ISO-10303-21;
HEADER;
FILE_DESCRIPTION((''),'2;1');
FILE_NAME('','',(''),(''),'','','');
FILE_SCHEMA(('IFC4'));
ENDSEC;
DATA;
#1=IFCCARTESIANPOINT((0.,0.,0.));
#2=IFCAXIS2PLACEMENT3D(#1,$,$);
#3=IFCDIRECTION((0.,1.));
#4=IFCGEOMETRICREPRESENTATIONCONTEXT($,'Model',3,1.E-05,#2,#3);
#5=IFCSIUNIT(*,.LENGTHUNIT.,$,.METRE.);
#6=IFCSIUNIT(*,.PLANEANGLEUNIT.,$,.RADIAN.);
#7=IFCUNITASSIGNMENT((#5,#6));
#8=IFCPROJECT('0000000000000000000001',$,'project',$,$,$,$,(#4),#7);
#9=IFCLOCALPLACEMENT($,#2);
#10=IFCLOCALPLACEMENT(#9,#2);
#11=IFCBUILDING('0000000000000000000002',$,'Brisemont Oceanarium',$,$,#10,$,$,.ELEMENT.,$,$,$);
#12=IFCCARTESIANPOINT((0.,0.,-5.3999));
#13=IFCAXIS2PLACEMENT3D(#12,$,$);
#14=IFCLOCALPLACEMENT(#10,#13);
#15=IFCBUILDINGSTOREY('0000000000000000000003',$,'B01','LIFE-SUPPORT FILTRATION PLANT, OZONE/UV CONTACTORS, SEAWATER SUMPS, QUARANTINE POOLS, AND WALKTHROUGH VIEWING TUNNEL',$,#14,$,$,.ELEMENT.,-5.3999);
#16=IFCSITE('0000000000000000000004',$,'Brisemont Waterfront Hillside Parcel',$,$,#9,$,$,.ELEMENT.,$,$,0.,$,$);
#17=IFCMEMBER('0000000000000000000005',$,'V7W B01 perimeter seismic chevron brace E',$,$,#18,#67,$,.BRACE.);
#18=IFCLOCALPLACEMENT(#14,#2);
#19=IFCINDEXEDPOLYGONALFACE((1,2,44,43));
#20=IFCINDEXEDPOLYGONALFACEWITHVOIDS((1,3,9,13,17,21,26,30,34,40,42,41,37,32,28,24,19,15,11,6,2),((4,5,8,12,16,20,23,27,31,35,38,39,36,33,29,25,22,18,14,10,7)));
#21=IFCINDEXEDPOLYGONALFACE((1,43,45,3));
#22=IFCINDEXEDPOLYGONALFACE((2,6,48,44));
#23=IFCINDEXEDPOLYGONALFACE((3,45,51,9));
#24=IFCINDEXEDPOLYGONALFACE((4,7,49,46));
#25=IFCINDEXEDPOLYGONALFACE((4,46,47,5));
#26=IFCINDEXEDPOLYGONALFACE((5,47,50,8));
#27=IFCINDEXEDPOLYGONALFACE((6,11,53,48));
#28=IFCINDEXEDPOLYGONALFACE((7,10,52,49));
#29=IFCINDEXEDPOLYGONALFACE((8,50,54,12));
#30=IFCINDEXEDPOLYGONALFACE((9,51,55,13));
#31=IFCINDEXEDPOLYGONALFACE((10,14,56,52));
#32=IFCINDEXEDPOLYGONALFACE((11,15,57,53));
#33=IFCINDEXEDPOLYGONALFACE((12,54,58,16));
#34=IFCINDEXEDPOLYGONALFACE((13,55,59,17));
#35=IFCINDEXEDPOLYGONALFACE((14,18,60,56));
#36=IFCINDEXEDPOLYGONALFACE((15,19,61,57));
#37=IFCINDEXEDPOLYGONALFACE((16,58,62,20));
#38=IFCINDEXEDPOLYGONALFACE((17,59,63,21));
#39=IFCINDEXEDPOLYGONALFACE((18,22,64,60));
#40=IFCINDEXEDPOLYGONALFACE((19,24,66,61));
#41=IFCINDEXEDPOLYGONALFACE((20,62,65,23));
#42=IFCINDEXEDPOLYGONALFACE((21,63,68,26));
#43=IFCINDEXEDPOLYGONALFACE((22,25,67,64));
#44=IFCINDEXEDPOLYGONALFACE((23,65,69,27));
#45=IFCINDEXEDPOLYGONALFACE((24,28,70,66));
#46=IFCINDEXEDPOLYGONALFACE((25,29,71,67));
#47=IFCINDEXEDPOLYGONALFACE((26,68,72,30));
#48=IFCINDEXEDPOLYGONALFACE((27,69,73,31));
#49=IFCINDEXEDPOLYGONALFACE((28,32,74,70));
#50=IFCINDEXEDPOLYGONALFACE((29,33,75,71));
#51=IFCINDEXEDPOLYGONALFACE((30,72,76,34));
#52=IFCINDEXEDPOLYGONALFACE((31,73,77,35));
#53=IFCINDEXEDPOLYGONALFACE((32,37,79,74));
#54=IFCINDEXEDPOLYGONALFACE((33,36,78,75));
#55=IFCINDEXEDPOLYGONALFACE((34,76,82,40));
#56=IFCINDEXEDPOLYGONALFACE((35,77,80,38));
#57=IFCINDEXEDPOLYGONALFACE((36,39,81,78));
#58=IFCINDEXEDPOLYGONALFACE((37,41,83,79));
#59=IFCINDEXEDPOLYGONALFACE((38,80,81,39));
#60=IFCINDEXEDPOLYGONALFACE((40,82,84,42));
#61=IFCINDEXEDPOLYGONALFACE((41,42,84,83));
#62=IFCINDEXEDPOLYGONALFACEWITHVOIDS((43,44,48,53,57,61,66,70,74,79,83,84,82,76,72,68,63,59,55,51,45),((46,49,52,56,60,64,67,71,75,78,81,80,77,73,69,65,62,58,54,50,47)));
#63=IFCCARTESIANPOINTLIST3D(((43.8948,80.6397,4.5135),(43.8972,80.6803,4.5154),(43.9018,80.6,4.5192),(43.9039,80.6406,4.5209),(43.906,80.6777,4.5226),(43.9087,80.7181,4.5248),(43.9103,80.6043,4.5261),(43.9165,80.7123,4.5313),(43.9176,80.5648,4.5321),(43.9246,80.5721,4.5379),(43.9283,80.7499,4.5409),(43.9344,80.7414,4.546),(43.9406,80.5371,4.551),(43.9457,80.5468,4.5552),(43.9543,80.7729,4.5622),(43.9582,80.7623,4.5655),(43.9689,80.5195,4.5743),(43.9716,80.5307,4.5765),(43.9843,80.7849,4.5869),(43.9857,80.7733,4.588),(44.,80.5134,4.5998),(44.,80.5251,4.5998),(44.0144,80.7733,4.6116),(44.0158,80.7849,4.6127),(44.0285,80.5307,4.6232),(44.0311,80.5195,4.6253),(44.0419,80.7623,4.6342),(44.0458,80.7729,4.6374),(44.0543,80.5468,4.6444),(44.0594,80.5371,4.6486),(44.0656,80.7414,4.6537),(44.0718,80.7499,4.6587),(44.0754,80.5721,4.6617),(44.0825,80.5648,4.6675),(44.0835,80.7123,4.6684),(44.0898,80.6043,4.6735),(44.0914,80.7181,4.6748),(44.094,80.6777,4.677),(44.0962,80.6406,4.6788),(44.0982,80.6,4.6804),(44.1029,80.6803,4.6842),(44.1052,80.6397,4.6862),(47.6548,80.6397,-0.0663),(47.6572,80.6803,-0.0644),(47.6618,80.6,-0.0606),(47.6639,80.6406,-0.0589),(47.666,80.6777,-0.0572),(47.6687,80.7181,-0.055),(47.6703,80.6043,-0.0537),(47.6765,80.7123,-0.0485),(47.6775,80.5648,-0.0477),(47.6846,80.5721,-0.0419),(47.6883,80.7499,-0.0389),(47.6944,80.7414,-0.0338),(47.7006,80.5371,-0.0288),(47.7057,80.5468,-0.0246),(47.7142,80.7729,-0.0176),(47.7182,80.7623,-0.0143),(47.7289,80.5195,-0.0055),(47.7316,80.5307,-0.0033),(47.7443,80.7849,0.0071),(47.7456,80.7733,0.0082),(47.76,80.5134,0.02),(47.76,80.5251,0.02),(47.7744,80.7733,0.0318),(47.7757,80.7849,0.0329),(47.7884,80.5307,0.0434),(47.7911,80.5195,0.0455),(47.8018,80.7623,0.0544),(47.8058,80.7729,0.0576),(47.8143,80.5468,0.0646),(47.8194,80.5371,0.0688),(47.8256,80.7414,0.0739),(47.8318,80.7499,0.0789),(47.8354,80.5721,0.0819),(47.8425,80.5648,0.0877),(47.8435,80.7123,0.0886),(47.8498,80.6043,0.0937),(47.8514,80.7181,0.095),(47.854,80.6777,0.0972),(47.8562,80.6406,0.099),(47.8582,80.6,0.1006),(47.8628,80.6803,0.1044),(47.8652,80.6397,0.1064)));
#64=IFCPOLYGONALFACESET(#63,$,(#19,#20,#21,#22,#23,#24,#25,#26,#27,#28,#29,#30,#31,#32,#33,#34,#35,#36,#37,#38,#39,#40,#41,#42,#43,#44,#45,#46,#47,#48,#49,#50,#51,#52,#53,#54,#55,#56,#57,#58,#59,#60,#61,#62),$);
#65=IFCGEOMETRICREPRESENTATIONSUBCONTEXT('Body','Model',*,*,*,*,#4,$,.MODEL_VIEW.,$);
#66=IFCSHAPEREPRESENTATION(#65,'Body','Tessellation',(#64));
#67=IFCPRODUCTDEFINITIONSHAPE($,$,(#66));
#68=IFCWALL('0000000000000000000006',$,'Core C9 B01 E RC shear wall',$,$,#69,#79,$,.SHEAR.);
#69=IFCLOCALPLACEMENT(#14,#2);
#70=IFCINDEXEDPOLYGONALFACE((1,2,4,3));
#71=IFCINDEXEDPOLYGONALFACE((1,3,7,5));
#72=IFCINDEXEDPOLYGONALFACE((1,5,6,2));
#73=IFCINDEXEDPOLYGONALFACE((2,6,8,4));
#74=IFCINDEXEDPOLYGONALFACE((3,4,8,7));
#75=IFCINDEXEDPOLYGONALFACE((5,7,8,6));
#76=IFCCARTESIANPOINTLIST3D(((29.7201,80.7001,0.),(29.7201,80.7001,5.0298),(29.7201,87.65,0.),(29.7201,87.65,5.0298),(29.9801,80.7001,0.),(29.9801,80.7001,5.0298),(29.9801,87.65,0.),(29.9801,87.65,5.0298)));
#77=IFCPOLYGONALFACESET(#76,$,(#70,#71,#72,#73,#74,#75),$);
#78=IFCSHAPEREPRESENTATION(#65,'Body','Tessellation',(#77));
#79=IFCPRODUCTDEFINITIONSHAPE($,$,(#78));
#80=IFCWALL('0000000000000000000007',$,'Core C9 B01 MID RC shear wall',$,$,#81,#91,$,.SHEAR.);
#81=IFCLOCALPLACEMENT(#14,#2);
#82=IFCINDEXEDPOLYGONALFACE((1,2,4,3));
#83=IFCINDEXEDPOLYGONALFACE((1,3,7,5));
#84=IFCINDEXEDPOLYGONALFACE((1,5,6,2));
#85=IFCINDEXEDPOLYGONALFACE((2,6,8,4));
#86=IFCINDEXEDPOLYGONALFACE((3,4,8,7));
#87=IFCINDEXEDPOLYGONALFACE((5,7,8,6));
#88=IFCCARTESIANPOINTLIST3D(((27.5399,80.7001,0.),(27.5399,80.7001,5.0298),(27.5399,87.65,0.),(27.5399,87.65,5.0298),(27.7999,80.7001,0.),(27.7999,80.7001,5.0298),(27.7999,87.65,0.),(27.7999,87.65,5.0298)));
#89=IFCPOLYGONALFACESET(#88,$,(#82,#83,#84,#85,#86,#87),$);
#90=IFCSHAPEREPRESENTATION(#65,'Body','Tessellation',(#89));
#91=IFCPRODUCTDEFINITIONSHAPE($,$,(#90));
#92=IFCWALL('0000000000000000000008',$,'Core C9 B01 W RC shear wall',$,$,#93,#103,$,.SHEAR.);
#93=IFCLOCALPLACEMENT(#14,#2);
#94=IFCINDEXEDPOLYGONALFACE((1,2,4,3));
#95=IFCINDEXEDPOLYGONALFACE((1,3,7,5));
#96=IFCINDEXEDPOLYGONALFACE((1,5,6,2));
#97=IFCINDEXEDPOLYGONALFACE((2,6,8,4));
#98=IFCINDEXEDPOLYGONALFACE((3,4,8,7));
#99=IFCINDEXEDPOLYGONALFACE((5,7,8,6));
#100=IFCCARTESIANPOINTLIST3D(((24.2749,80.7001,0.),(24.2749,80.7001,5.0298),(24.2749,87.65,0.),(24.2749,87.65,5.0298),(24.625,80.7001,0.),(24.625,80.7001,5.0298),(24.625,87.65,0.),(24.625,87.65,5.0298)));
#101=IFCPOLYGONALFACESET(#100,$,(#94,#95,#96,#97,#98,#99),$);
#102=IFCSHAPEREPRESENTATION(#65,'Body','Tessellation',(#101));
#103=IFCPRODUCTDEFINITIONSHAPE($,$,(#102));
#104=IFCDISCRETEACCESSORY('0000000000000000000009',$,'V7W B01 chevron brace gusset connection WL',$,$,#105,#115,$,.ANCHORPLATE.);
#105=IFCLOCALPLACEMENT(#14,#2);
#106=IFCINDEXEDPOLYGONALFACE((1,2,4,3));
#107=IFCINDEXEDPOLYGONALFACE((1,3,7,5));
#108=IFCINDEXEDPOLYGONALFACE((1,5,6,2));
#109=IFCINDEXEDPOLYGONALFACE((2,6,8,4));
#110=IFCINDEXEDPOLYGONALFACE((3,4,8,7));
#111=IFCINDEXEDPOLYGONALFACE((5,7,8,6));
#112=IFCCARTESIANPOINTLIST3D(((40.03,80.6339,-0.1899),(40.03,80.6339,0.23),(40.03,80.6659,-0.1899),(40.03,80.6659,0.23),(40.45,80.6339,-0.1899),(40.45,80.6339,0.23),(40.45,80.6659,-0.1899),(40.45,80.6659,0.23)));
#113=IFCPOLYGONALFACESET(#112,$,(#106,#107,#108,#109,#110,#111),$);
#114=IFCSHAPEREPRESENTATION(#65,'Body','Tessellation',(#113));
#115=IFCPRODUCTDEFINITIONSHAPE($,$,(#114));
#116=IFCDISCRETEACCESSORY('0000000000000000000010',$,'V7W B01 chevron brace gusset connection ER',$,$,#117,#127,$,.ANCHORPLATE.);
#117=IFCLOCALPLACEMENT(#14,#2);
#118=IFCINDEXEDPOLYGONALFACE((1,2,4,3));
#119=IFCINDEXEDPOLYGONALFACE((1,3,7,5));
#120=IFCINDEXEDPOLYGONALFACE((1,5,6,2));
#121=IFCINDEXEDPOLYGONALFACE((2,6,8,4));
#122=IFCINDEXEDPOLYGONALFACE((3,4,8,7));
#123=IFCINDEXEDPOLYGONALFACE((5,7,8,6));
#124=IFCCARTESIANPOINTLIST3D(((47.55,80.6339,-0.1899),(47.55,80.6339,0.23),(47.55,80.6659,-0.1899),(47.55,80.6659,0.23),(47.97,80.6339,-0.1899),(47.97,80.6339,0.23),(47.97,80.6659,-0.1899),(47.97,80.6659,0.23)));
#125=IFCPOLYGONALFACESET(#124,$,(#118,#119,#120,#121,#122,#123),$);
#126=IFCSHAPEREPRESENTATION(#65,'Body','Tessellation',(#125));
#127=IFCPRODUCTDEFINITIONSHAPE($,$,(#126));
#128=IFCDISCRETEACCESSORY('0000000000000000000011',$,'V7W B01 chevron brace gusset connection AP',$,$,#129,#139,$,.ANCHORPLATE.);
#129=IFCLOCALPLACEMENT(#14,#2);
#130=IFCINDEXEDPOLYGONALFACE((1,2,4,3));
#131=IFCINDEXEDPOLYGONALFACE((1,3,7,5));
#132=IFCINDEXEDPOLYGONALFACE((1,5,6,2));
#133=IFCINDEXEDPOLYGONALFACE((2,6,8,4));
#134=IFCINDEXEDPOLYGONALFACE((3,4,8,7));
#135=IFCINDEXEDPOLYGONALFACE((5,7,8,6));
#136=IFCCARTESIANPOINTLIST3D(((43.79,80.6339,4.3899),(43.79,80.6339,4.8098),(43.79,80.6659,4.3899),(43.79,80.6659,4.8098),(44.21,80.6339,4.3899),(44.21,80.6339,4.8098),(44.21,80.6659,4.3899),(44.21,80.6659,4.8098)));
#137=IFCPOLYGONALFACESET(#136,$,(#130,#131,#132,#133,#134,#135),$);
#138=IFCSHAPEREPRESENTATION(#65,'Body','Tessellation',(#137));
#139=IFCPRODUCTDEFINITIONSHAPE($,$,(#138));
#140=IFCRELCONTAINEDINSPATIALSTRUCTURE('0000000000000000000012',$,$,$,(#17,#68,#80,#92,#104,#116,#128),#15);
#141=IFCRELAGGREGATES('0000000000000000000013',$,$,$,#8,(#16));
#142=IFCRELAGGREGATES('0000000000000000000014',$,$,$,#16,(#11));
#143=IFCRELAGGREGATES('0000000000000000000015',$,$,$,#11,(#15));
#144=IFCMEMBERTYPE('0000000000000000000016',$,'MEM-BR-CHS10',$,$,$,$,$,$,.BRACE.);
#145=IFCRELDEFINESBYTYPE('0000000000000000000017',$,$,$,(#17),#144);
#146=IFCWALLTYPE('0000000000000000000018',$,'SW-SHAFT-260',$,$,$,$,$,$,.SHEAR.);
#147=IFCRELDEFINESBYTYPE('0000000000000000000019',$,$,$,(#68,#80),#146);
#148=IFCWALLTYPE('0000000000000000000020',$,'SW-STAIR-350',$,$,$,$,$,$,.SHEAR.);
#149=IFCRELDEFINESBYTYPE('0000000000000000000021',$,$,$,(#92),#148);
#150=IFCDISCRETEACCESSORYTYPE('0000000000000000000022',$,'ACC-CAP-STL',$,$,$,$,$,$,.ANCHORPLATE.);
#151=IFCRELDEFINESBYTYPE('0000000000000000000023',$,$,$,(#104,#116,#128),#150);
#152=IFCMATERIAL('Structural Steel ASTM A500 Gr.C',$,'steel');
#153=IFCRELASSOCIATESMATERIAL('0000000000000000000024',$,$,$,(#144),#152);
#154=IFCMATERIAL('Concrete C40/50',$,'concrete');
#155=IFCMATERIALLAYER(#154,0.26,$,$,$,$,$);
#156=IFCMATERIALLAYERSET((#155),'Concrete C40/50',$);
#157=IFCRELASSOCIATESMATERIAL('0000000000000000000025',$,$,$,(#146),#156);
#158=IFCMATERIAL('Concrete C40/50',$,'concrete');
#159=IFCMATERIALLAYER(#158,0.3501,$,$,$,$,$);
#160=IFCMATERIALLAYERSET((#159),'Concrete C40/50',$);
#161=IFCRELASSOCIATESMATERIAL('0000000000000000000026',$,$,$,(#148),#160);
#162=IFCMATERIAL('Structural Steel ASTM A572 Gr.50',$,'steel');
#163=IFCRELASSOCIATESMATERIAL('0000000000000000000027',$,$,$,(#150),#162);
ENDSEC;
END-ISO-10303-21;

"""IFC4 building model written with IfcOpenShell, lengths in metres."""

from ifc_helpers import new_model, si_unit, direction, frame, frame_2d, origin, origin_2d, place, context, subcontext, project, spatial, rectangle, hollow_circle, extrude, material, layer, layer_set, material_profile, profile_set, type_object, element, save


model = new_model("IFC4")

# Units and contexts
model_context = context("Model", 3, precision=1e-05, world=origin(), true_north=direction((0.0, 1.0)))
body_context = subcontext(model_context, "Body", "Model", "MODEL_VIEW")
ifc_project = project(units=[si_unit("LENGTHUNIT", "METRE"), si_unit("PLANEANGLEUNIT", "RADIAN")], contexts=[model_context])

# Site, building, storey
site_placement = place(None, origin())
site = spatial("IfcSite", under=ifc_project, at=site_placement, Name="Brisemont Waterfront Hillside Parcel", CompositionType="ELEMENT", RefElevation=0.0)
building_placement = place(site_placement, origin())
building = spatial("IfcBuilding", under=site, at=building_placement, Name="Brisemont Oceanarium", CompositionType="ELEMENT")
storey_placement = place(building_placement, frame((0.0, 0.0, -5.3999)))
storey = spatial("IfcBuildingStorey", under=building, at=storey_placement, Name="B01", Description="LIFE-SUPPORT FILTRATION PLANT, OZONE/UV CONTACTORS, SEAWATER SUMPS, QUARANTINE POOLS, AND WALKTHROUGH VIEWING TUNNEL", CompositionType="ELEMENT", Elevation=-5.3999)

# Member
ifc_material_1 = material(Name="Structural Steel ASTM A500 Gr.C", Category="steel")
ifc_material_profile_1 = material_profile(ifc_material_1, hollow_circle(Radius=0.1365, WallThickness=0.0117, at=origin_2d()), Name="HSS10.750X0.500")
ifc_profile_set_1 = profile_set([ifc_material_profile_1], Name="Structural Steel ASTM A500 Gr.C")
member_type = type_object("IfcMemberType", Name="MEM-BR-CHS10", PredefinedType="BRACE", material=ifc_profile_set_1)
for number, where, z_axis, x_axis, name in (
    (1, (47.76, 80.6499, 0.02), (-0.634538, 0.0, 0.772892), (0.0, -1.0, 0.0), "V7W B01 perimeter seismic chevron brace E"),
):
    element("IfcMember", number, at=place(storey_placement, frame(where, z_axis=z_axis, x_axis=x_axis)), inside=storey, type_object=member_type, Name=name, PredefinedType="BRACE", context=body_context, shape_type="SweptSolid", body=[
        extrude(hollow_circle(Radius=0.1365, WallThickness=0.0117, at=origin_2d()), origin(), (0.0, 0.0, 1.0), 5.9255),
    ])

# Walls
ifc_material_2 = material(Name="Concrete C40/50", Category="concrete")
ifc_layer_1 = layer(ifc_material_2, 0.26)
ifc_layer_set_1 = layer_set([ifc_layer_1], Name="Concrete C40/50")
wall_type_1 = type_object("IfcWallType", Name="SW-SHAFT-260", PredefinedType="SHEAR", material=ifc_layer_set_1)
for number, where, z_axis, x_axis, name in (
    (2, (29.8501, 80.7, 0.0), (0.0, 0.0, 1.0), (0.0, 1.0, 0.0), "Core C9 B01 E RC shear wall"),
    (3, (27.6699, 80.7, 0.0), (0.0, 0.0, 1.0), (0.0, 1.0, 0.0), "Core C9 B01 MID RC shear wall"),
):
    element("IfcWall", number, at=place(storey_placement, frame(where, z_axis=z_axis, x_axis=x_axis)), inside=storey, type_object=wall_type_1, Name=name, PredefinedType="SHEAR", context=body_context, shape_type="SweptSolid", body=[
        extrude(rectangle(XDim=6.95, YDim=0.26, at=frame_2d((3.4751, 0.0))), origin(), (0.0, 0.0, 1.0), 5.0298),
    ])
ifc_material_3 = material(Name="Concrete C40/50", Category="concrete")
ifc_layer_2 = layer(ifc_material_3, 0.3501)
ifc_layer_set_2 = layer_set([ifc_layer_2], Name="Concrete C40/50")
wall_type_2 = type_object("IfcWallType", Name="SW-STAIR-350", PredefinedType="SHEAR", material=ifc_layer_set_2)
wall_placement = place(storey_placement, frame((24.45, 80.7, 0.0), z_axis=(0.0, 0.0, 1.0), x_axis=(0.0, 1.0, 0.0)))
element("IfcWall", 4, at=wall_placement, inside=storey, type_object=wall_type_2, Name="Core C9 B01 W RC shear wall", PredefinedType="SHEAR", context=body_context, shape_type="SweptSolid", body=[
    extrude(rectangle(XDim=6.95, YDim=0.3501, at=frame_2d((3.4751, 0.0))), origin(), (0.0, 0.0, 1.0), 5.0298),
])

# Discrete accessories
ifc_material_4 = material(Name="Structural Steel ASTM A572 Gr.50", Category="steel")
discrete_accessory_type = type_object("IfcDiscreteAccessoryType", Name="ACC-CAP-STL", PredefinedType="ANCHORPLATE", material=ifc_material_4)
for number, where, z_axis, x_axis, name in (
    (5, (40.24, 80.6499, -0.1899), (0.0, 0.0, 1.0), (1.0, 0.0, 0.0), "V7W B01 chevron brace gusset connection WL"),
    (6, (47.76, 80.6499, -0.1899), (0.0, 0.0, 1.0), (1.0, 0.0, 0.0), "V7W B01 chevron brace gusset connection ER"),
    (7, (44.0, 80.6499, 4.3899), (0.0, 0.0, 1.0), (1.0, 0.0, 0.0), "V7W B01 chevron brace gusset connection AP"),
):
    element("IfcDiscreteAccessory", number, at=place(storey_placement, frame(where, z_axis=z_axis, x_axis=x_axis)), inside=storey, type_object=discrete_accessory_type, Name=name, PredefinedType="ANCHORPLATE", context=body_context, shape_type="SweptSolid", body=[
        extrude(rectangle(XDim=0.4199, YDim=0.032, at=origin_2d()), origin(), (0.0, 0.0, 1.0), 0.4199),
    ])

save(model, "model.ifc")
